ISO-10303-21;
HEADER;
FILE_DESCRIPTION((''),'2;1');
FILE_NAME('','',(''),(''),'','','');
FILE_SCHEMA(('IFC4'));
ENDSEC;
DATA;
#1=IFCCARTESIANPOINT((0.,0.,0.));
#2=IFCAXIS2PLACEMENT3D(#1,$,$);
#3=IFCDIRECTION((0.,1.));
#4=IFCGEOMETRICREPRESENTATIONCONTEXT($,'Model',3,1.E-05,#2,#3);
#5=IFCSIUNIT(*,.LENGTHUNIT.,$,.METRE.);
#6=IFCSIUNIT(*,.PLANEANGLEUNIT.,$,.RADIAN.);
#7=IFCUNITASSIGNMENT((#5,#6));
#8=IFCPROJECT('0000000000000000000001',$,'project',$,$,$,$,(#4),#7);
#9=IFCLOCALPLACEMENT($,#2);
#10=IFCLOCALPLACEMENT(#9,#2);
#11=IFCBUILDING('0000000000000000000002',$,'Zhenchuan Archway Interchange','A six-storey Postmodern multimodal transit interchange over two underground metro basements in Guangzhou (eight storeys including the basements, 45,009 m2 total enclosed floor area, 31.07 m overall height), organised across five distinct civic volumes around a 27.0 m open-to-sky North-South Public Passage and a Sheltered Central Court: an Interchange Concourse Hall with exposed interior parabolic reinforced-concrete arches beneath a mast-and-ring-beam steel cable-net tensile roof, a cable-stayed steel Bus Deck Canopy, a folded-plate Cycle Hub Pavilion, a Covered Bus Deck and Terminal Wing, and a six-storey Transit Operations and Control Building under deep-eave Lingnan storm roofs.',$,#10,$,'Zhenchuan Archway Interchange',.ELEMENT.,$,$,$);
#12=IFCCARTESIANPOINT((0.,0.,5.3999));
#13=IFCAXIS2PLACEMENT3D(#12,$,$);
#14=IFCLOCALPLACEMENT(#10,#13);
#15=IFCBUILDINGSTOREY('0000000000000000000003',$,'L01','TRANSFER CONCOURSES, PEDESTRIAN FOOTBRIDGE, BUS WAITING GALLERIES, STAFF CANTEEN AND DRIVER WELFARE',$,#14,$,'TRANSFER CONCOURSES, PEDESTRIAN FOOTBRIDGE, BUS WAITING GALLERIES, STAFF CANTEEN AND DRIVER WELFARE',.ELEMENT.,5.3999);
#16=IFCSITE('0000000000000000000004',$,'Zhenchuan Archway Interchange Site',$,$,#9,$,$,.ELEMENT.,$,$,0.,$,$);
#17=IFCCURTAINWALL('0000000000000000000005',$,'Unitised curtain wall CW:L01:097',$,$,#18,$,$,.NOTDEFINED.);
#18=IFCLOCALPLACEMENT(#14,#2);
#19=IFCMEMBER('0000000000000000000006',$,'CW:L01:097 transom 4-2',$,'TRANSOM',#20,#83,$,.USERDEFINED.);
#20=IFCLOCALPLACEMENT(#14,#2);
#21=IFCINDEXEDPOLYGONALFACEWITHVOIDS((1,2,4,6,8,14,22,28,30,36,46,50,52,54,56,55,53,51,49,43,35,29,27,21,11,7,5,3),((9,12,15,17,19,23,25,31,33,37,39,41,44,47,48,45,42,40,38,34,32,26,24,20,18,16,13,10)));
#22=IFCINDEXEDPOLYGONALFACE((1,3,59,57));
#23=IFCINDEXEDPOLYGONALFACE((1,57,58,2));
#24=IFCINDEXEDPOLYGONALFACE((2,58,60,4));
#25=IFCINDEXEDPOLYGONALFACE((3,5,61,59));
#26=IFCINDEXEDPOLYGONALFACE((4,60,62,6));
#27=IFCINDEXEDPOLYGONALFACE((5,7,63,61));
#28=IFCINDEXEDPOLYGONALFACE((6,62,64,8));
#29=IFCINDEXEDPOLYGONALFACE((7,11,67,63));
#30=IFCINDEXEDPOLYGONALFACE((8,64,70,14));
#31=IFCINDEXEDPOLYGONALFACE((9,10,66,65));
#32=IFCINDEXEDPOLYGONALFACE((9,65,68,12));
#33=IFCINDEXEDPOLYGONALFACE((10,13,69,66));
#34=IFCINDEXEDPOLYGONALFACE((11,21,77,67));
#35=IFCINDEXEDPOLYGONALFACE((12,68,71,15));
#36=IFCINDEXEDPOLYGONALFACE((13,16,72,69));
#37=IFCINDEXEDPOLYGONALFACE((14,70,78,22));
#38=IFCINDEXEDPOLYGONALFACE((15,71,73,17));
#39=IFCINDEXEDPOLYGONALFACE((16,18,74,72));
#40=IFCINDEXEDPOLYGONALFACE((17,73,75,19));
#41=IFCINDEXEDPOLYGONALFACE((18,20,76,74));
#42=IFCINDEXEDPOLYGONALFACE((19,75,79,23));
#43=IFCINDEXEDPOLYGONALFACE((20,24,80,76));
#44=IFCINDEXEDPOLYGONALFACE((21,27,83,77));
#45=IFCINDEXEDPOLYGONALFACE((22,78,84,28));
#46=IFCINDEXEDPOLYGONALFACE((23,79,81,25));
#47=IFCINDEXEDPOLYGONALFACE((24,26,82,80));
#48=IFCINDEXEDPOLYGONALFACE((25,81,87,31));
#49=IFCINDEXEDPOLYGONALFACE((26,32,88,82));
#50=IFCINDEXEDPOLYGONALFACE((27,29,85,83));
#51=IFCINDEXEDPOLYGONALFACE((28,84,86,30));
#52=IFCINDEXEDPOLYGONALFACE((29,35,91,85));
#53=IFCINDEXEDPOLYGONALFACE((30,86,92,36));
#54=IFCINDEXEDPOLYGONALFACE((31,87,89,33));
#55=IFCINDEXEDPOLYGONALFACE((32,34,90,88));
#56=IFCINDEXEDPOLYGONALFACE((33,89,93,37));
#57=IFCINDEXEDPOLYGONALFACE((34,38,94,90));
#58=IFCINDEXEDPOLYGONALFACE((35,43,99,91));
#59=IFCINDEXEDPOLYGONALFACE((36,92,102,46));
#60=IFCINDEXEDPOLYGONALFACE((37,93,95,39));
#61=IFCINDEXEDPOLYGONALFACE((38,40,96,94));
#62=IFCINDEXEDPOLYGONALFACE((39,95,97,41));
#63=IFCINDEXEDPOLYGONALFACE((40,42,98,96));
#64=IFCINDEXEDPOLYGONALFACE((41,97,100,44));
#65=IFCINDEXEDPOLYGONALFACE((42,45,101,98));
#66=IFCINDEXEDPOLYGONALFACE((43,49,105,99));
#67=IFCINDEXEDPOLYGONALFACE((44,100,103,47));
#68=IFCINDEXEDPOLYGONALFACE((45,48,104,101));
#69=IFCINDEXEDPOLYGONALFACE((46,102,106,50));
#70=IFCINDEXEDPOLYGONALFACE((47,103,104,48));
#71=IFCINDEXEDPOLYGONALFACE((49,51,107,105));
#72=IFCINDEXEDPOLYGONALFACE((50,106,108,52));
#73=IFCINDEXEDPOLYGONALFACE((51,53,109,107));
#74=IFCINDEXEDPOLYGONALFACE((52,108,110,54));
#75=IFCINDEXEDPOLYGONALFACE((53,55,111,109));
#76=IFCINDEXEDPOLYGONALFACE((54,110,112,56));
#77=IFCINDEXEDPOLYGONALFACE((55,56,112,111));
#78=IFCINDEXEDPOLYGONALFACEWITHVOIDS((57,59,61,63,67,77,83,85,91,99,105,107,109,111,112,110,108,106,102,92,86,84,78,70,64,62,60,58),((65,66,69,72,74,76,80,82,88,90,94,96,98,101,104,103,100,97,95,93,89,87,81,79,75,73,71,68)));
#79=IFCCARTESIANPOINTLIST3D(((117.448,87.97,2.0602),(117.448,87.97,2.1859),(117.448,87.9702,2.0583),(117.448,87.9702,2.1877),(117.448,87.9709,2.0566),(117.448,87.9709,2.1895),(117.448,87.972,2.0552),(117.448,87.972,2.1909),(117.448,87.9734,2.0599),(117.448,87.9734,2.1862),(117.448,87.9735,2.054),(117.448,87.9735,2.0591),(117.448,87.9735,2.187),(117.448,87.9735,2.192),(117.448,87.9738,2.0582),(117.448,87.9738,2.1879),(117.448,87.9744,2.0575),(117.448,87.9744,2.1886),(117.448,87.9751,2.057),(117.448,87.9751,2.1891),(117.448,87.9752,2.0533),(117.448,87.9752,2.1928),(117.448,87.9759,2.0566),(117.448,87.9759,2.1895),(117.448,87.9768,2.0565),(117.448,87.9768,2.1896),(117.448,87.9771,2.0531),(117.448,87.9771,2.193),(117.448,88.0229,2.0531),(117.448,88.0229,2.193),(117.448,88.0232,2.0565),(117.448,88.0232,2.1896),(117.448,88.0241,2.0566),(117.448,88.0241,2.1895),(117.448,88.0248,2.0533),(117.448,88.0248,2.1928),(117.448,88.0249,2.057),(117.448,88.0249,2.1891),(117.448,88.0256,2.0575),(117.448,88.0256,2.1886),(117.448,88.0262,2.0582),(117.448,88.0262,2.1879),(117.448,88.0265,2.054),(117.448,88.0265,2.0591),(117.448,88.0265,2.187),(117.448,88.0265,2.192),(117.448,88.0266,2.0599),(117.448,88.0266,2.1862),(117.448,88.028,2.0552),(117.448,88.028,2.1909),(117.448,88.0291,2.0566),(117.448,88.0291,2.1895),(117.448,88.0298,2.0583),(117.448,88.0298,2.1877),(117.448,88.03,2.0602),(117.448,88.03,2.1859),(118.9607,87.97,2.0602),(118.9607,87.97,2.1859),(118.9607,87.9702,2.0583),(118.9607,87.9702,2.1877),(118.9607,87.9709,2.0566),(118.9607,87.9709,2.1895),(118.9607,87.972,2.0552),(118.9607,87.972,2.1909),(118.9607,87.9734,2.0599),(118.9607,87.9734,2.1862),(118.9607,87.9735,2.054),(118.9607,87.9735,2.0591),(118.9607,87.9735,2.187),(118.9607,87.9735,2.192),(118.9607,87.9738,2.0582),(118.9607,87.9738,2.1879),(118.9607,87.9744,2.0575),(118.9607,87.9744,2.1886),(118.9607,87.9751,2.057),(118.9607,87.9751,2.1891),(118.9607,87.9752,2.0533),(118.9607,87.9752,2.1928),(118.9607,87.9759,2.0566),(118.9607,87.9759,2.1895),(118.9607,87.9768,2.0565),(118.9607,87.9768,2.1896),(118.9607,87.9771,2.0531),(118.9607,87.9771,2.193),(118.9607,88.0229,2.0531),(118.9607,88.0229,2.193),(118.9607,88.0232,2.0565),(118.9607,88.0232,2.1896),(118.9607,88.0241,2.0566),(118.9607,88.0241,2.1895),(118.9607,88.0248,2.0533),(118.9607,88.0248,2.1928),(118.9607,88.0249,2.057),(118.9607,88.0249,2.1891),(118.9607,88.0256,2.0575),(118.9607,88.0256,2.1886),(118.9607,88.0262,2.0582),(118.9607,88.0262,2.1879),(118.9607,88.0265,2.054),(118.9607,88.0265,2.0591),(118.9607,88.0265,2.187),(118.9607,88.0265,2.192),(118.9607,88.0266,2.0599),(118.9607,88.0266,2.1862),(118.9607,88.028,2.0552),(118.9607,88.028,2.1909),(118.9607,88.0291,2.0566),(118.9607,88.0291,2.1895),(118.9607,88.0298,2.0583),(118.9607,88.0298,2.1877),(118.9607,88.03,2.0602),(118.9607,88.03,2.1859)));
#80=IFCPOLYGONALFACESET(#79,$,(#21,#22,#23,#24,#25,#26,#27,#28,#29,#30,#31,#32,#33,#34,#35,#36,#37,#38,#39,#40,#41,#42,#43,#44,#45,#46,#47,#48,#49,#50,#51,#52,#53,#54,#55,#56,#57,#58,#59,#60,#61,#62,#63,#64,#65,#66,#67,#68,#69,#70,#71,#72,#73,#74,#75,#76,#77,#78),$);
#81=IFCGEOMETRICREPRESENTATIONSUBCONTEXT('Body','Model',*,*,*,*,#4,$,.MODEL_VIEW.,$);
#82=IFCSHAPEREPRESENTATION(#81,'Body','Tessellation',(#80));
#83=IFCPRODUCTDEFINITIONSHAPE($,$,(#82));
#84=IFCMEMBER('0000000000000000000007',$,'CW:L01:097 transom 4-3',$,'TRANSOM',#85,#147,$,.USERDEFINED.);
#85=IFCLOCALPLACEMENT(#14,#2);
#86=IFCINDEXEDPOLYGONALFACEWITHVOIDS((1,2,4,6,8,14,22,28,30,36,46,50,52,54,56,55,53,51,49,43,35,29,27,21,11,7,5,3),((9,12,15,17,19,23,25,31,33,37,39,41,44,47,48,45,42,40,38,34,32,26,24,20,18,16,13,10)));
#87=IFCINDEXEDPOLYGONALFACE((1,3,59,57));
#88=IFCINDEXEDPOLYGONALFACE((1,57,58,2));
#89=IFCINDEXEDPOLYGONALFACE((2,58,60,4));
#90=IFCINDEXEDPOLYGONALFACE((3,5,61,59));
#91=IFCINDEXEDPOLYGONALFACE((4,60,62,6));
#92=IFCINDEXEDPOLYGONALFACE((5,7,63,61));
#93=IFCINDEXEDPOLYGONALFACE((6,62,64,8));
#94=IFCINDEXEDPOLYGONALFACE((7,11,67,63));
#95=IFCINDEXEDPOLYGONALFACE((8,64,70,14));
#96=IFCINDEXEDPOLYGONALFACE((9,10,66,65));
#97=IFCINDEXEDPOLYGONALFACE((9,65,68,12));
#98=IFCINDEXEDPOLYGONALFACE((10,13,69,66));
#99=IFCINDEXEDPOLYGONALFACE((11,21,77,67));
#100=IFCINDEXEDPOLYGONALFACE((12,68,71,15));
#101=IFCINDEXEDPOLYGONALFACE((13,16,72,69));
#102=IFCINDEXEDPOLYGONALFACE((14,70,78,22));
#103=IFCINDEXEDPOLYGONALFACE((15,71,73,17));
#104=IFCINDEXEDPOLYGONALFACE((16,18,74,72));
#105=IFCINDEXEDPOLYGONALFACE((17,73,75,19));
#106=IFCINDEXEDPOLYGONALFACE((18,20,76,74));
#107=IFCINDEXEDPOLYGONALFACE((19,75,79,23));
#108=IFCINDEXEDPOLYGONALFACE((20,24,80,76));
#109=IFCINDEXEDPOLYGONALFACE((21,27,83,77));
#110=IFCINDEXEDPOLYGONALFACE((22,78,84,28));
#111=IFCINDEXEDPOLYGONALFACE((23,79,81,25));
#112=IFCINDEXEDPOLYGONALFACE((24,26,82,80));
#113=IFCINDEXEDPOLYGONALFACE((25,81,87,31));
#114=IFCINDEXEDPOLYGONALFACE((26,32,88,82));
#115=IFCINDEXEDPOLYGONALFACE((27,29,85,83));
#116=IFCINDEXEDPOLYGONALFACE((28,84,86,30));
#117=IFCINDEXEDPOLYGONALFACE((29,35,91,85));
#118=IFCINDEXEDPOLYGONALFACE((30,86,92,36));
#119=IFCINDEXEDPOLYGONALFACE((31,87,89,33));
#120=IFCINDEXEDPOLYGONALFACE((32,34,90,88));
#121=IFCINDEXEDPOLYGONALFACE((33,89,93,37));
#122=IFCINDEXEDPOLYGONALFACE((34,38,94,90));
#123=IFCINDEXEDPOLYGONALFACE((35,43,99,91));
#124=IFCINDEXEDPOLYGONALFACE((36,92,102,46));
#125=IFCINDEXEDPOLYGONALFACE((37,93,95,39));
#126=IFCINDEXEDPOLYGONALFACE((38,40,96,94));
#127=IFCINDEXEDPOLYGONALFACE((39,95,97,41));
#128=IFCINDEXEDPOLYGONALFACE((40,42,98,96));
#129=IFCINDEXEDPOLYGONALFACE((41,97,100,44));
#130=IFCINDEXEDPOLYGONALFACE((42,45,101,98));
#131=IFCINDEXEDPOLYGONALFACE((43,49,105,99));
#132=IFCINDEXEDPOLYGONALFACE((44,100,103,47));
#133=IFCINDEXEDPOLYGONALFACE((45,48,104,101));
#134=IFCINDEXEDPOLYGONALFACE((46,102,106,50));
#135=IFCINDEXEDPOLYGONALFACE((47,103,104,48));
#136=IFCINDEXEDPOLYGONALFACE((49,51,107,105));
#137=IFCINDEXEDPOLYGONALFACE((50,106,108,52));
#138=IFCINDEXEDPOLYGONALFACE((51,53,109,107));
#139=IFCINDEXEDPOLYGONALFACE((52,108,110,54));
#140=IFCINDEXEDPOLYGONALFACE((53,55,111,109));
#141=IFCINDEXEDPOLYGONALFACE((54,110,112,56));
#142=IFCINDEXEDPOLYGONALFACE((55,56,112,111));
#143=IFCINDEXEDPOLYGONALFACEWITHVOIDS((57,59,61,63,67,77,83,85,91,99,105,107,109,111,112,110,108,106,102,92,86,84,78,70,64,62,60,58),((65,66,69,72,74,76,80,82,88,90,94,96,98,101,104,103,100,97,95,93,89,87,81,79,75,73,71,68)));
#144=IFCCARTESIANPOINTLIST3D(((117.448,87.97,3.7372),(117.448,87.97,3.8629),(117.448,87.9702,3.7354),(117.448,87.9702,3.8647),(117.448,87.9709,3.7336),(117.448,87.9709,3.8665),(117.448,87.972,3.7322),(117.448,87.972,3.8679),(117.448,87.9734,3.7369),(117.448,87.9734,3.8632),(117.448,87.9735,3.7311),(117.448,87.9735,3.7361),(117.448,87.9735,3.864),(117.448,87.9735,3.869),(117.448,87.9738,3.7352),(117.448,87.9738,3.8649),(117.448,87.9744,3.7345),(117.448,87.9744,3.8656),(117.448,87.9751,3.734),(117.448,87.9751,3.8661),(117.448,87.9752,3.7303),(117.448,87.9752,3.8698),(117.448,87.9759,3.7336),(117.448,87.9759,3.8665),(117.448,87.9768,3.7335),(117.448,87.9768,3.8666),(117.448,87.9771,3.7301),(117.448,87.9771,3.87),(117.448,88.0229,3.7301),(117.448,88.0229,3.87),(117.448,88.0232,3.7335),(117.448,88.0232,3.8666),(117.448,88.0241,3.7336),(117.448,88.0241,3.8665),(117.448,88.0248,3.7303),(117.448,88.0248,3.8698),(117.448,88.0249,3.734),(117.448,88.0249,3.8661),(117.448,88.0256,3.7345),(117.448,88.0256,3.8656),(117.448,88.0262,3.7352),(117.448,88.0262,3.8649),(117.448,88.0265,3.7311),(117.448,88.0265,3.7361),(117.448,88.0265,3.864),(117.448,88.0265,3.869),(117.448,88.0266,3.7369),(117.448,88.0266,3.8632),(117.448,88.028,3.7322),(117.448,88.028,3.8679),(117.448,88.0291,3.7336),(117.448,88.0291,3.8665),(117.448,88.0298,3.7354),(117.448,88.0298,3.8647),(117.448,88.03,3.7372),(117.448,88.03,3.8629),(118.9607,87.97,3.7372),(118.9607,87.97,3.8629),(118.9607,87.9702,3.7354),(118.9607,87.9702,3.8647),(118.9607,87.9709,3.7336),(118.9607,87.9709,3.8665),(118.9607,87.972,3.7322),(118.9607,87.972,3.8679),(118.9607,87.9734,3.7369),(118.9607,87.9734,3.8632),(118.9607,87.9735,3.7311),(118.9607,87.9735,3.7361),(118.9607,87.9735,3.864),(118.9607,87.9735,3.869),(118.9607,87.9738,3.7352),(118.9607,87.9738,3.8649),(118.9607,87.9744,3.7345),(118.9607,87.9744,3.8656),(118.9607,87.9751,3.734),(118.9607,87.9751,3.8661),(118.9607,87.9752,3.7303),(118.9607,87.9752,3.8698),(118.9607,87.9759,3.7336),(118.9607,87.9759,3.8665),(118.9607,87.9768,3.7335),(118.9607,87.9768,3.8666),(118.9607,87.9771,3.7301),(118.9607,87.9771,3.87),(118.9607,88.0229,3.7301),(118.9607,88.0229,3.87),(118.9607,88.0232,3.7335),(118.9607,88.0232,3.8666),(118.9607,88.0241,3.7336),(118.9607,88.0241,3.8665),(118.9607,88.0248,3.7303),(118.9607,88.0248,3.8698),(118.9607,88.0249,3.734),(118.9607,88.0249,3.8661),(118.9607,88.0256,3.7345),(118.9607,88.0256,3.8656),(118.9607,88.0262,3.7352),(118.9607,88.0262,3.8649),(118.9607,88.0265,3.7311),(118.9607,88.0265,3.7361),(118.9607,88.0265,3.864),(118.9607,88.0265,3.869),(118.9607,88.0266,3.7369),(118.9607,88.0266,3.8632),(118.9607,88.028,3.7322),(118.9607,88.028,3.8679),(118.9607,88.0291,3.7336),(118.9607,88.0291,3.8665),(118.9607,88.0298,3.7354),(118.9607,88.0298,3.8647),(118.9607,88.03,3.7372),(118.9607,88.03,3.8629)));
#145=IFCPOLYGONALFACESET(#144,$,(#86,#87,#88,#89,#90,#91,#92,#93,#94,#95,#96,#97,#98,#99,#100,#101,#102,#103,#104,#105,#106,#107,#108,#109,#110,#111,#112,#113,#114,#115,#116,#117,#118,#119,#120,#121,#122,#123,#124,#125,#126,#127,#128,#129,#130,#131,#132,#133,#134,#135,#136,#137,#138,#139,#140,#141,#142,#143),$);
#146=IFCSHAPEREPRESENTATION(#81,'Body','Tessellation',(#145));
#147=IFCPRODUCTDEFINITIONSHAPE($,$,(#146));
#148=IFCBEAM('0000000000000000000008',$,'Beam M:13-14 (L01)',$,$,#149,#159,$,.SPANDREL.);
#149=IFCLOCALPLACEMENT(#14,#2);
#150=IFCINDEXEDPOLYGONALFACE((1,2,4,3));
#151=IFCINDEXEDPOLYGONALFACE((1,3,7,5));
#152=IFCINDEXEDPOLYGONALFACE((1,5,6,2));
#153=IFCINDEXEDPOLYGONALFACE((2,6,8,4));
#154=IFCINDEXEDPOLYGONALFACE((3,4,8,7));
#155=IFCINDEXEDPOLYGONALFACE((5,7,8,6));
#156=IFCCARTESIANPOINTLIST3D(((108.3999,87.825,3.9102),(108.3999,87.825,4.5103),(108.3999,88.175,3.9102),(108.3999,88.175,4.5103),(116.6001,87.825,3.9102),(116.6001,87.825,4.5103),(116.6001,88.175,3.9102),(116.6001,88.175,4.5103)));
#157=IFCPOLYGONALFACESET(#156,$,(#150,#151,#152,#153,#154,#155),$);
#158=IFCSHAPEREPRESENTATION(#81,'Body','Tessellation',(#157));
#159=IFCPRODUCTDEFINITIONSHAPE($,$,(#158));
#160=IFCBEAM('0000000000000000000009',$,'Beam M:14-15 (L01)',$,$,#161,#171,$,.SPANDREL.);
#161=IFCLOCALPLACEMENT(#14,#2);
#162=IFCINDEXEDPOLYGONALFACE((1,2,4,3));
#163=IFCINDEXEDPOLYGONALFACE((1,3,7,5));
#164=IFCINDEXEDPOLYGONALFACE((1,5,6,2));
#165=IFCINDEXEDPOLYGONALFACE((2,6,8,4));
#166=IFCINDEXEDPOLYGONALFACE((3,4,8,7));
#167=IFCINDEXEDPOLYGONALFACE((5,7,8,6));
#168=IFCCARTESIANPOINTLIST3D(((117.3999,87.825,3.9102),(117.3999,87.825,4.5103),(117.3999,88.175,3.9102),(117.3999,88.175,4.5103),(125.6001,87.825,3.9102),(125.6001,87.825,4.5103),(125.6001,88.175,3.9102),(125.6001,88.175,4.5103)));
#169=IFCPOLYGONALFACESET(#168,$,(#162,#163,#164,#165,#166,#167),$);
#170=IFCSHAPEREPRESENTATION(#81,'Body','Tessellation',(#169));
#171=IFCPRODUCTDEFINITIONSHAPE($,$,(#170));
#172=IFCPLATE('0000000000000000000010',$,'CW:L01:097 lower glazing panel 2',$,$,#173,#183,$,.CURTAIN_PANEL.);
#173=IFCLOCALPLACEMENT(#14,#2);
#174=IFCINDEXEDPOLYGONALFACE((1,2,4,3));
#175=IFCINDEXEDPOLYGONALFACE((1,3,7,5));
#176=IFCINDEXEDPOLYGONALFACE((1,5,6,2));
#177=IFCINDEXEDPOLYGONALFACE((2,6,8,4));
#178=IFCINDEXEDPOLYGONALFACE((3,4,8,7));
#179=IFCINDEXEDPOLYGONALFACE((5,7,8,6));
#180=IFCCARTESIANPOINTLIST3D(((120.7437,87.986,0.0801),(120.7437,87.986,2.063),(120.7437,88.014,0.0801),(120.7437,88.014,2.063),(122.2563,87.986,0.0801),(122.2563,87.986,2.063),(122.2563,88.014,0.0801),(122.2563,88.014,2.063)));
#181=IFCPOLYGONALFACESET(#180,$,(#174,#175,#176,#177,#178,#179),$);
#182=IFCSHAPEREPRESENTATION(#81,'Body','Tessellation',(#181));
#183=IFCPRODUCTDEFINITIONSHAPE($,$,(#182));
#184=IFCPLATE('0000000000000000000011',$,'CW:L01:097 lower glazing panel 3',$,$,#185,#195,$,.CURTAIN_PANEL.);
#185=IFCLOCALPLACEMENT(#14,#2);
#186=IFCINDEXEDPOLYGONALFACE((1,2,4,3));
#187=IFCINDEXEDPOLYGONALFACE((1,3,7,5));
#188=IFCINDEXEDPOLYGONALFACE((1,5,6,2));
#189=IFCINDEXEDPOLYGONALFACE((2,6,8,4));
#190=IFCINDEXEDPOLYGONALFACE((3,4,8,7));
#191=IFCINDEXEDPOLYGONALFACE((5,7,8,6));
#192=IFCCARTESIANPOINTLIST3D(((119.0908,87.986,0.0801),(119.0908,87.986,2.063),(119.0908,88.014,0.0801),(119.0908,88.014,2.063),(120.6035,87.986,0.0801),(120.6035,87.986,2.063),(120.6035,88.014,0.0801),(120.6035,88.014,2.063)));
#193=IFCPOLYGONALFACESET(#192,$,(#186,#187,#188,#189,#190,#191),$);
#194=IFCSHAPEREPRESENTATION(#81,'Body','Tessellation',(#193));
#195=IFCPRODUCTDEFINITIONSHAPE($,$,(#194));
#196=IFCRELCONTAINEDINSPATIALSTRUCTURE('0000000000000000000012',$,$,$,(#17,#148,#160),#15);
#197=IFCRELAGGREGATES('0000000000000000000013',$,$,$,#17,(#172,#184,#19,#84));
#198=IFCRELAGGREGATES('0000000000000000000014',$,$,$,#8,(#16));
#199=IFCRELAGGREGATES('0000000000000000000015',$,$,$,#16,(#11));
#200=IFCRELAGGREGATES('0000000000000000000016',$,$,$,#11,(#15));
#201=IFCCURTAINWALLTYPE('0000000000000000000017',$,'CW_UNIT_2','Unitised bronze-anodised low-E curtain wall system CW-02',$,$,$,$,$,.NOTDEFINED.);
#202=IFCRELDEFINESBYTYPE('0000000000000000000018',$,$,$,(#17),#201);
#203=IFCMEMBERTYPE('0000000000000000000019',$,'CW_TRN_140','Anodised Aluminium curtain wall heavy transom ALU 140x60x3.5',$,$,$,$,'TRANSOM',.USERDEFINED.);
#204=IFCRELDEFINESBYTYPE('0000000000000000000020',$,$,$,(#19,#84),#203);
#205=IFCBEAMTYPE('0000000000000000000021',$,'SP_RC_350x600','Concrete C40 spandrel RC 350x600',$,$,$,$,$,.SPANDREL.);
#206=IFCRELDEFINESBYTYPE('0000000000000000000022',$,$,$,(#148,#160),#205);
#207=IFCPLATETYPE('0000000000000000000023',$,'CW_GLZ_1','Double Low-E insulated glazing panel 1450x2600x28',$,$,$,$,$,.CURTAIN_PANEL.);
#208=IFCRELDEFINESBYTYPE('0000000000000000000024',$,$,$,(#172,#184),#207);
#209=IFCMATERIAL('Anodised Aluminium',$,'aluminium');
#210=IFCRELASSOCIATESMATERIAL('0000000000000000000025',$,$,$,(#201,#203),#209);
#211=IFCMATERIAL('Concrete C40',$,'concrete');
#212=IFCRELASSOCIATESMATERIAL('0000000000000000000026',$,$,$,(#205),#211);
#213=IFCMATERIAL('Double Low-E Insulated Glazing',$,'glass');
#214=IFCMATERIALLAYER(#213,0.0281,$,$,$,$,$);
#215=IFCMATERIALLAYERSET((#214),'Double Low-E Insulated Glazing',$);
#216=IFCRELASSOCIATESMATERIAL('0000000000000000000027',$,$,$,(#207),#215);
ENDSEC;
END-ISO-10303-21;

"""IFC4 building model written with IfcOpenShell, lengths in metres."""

from ifc_helpers import new_model, si_unit, direction, frame, origin, origin_2d, place, context, subcontext, project, spatial, rectangle, hollow_rectangle, extrude, material, layer, layer_set, material_profile, profile_set, type_object, element, aggregate, save


model = new_model("IFC4")

# Units and contexts
model_context = context("Model", 3, precision=1e-05, world=origin(), true_north=direction((0.0, 1.0)))
body_context = subcontext(model_context, "Body", "Model", "MODEL_VIEW")
ifc_project = project(units=[si_unit("LENGTHUNIT", "METRE"), si_unit("PLANEANGLEUNIT", "RADIAN")], contexts=[model_context])

# Site, building, storey
site_placement = place(None, origin())
site = spatial("IfcSite", under=ifc_project, at=site_placement, Name="Zhenchuan Archway Interchange Site", CompositionType="ELEMENT", RefElevation=0.0)
building_placement = place(site_placement, origin())
building = spatial("IfcBuilding", under=site, at=building_placement, Name="Zhenchuan Archway Interchange", Description="A six-storey Postmodern multimodal transit interchange over two underground metro basements in Guangzhou (eight storeys including the basements, 45,009 m2 total enclosed floor area, 31.07 m overall height), organised across five distinct civic volumes around a 27.0 m open-to-sky North-South Public Passage and a Sheltered Central Court: an Interchange Concourse Hall with exposed interior parabolic reinforced-concrete arches beneath a mast-and-ring-beam steel cable-net tensile roof, a cable-stayed steel Bus Deck Canopy, a folded-plate Cycle Hub Pavilion, a Covered Bus Deck and Terminal Wing, and a six-storey Transit Operations and Control Building under deep-eave Lingnan storm roofs.", LongName="Zhenchuan Archway Interchange", CompositionType="ELEMENT")
storey_placement = place(building_placement, frame((0.0, 0.0, 5.3999)))
storey = spatial("IfcBuildingStorey", under=building, at=storey_placement, Name="L01", Description="TRANSFER CONCOURSES, PEDESTRIAN FOOTBRIDGE, BUS WAITING GALLERIES, STAFF CANTEEN AND DRIVER WELFARE", LongName="TRANSFER CONCOURSES, PEDESTRIAN FOOTBRIDGE, BUS WAITING GALLERIES, STAFF CANTEEN AND DRIVER WELFARE", CompositionType="ELEMENT", Elevation=5.3999)

# Shared definitions
ifc_material_1 = material(Name="Concrete C40", Category="concrete")

# Curtain wall, members
ifc_material_2 = material(Name="Anodised Aluminium", Category="aluminium")
curtain_wall_type = type_object("IfcCurtainWallType", Name="CW_UNIT_2", Description="Unitised bronze-anodised low-E curtain wall system CW-02", PredefinedType="NOTDEFINED", material=ifc_material_2)
curtain_wall_placement = place(storey_placement, origin())
curtain_wall = element("IfcCurtainWall", 1, at=curtain_wall_placement, inside=storey, type_object=curtain_wall_type, Name="Unitised curtain wall CW:L01:097", PredefinedType="NOTDEFINED")
ifc_material_profile_1 = material_profile(ifc_material_2, hollow_rectangle(XDim=0.0601, YDim=0.1399, WallThickness=0.0034, InnerFilletRadius=0.0034, OuterFilletRadius=0.0071, at=origin_2d()), Name="ALU 140x60x3.5")
ifc_profile_set_1 = profile_set([ifc_material_profile_1], Name="Anodised Aluminium")
member_type_1 = type_object("IfcMemberType", Name="CW_TRN_140", Description="Anodised Aluminium curtain wall heavy transom ALU 140x60x3.5", ElementType="TRANSOM", PredefinedType="USERDEFINED", material=ifc_profile_set_1)
member_1_placement = place(storey_placement, frame((118.9607, 88.0, 2.123), z_axis=(-1.0, 0.0, 0.0), x_axis=(0.0, -1.0, 0.0)))
member_1 = element("IfcMember", 2, at=member_1_placement, type_object=member_type_1, Name="CW:L01:097 transom 4-2", ObjectType="TRANSOM", PredefinedType="USERDEFINED", context=body_context, shape_type="SweptSolid", body=[
    extrude(hollow_rectangle(XDim=0.0601, YDim=0.1399, WallThickness=0.0034, InnerFilletRadius=0.0034, OuterFilletRadius=0.0071, at=origin_2d()), origin(), (0.0, 0.0, 1.0), 1.5127),
])
member_2_placement = place(storey_placement, frame((118.9607, 88.0, 3.8), z_axis=(-1.0, 0.0, 0.0), x_axis=(0.0, -1.0, 0.0)))
member_2 = element("IfcMember", 3, at=member_2_placement, type_object=member_type_1, Name="CW:L01:097 transom 4-3", ObjectType="TRANSOM", PredefinedType="USERDEFINED", context=body_context, shape_type="SweptSolid", body=[
    extrude(hollow_rectangle(XDim=0.0601, YDim=0.1399, WallThickness=0.0034, InnerFilletRadius=0.0034, OuterFilletRadius=0.0071, at=origin_2d()), origin(), (0.0, 0.0, 1.0), 1.5127),
])

# Beams
ifc_material_profile_2 = material_profile(ifc_material_1, rectangle(XDim=0.3501, YDim=0.6001, at=origin_2d()), Name="RC 350x600")
ifc_profile_set_2 = profile_set([ifc_material_profile_2], Name="Concrete C40")
beam_type = type_object("IfcBeamType", Name="SP_RC_350x600", Description="Concrete C40 spandrel RC 350x600", PredefinedType="SPANDREL", material=ifc_profile_set_2)
for number, where, z_axis, x_axis, name in (
    (4, (108.3999, 88.0, 4.2102), (1.0, 0.0, 0.0), (0.0, 1.0, 0.0), "Beam M:13-14 (L01)"),
    (5, (117.3999, 88.0, 4.2102), (1.0, 0.0, 0.0), (0.0, 1.0, 0.0), "Beam M:14-15 (L01)"),
):
    element("IfcBeam", number, at=place(storey_placement, frame(where, z_axis=z_axis, x_axis=x_axis)), inside=storey, type_object=beam_type, Name=name, PredefinedType="SPANDREL", context=body_context, shape_type="SweptSolid", body=[
        extrude(rectangle(XDim=0.3501, YDim=0.6001, at=origin_2d()), origin(), (0.0, 0.0, 1.0), 8.2002),
    ])

# Plates
ifc_material_3 = material(Name="Double Low-E Insulated Glazing", Category="glass")
ifc_layer_1 = layer(ifc_material_3, 0.0281)
ifc_layer_set_1 = layer_set([ifc_layer_1], Name="Double Low-E Insulated Glazing")
plate_type_1 = type_object("IfcPlateType", Name="CW_GLZ_1", Description="Double Low-E insulated glazing panel 1450x2600x28", PredefinedType="CURTAIN_PANEL", material=ifc_layer_set_1)
plate_1_placement = place(storey_placement, frame((121.5, 88.0, 0.0801), z_axis=(0.0, 0.0, 1.0), x_axis=(-1.0, 0.0, 0.0)))
plate_1 = element("IfcPlate", 6, at=plate_1_placement, type_object=plate_type_1, Name="CW:L01:097 lower glazing panel 2", PredefinedType="CURTAIN_PANEL", context=body_context, shape_type="SweptSolid", body=[
    extrude(rectangle(XDim=1.5127, YDim=0.0281, at=origin_2d()), origin(), (0.0, 0.0, 1.0), 1.9829),
])
plate_2_placement = place(storey_placement, frame((119.8472, 88.0, 0.0801), z_axis=(0.0, 0.0, 1.0), x_axis=(-1.0, 0.0, 0.0)))
plate_2 = element("IfcPlate", 7, at=plate_2_placement, type_object=plate_type_1, Name="CW:L01:097 lower glazing panel 3", PredefinedType="CURTAIN_PANEL", context=body_context, shape_type="SweptSolid", body=[
    extrude(rectangle(XDim=1.5127, YDim=0.0281, at=origin_2d()), origin(), (0.0, 0.0, 1.0), 1.9829),
])
aggregate(curtain_wall, [plate_1, plate_2, member_1, member_2])

save(model, "model.ifc")
